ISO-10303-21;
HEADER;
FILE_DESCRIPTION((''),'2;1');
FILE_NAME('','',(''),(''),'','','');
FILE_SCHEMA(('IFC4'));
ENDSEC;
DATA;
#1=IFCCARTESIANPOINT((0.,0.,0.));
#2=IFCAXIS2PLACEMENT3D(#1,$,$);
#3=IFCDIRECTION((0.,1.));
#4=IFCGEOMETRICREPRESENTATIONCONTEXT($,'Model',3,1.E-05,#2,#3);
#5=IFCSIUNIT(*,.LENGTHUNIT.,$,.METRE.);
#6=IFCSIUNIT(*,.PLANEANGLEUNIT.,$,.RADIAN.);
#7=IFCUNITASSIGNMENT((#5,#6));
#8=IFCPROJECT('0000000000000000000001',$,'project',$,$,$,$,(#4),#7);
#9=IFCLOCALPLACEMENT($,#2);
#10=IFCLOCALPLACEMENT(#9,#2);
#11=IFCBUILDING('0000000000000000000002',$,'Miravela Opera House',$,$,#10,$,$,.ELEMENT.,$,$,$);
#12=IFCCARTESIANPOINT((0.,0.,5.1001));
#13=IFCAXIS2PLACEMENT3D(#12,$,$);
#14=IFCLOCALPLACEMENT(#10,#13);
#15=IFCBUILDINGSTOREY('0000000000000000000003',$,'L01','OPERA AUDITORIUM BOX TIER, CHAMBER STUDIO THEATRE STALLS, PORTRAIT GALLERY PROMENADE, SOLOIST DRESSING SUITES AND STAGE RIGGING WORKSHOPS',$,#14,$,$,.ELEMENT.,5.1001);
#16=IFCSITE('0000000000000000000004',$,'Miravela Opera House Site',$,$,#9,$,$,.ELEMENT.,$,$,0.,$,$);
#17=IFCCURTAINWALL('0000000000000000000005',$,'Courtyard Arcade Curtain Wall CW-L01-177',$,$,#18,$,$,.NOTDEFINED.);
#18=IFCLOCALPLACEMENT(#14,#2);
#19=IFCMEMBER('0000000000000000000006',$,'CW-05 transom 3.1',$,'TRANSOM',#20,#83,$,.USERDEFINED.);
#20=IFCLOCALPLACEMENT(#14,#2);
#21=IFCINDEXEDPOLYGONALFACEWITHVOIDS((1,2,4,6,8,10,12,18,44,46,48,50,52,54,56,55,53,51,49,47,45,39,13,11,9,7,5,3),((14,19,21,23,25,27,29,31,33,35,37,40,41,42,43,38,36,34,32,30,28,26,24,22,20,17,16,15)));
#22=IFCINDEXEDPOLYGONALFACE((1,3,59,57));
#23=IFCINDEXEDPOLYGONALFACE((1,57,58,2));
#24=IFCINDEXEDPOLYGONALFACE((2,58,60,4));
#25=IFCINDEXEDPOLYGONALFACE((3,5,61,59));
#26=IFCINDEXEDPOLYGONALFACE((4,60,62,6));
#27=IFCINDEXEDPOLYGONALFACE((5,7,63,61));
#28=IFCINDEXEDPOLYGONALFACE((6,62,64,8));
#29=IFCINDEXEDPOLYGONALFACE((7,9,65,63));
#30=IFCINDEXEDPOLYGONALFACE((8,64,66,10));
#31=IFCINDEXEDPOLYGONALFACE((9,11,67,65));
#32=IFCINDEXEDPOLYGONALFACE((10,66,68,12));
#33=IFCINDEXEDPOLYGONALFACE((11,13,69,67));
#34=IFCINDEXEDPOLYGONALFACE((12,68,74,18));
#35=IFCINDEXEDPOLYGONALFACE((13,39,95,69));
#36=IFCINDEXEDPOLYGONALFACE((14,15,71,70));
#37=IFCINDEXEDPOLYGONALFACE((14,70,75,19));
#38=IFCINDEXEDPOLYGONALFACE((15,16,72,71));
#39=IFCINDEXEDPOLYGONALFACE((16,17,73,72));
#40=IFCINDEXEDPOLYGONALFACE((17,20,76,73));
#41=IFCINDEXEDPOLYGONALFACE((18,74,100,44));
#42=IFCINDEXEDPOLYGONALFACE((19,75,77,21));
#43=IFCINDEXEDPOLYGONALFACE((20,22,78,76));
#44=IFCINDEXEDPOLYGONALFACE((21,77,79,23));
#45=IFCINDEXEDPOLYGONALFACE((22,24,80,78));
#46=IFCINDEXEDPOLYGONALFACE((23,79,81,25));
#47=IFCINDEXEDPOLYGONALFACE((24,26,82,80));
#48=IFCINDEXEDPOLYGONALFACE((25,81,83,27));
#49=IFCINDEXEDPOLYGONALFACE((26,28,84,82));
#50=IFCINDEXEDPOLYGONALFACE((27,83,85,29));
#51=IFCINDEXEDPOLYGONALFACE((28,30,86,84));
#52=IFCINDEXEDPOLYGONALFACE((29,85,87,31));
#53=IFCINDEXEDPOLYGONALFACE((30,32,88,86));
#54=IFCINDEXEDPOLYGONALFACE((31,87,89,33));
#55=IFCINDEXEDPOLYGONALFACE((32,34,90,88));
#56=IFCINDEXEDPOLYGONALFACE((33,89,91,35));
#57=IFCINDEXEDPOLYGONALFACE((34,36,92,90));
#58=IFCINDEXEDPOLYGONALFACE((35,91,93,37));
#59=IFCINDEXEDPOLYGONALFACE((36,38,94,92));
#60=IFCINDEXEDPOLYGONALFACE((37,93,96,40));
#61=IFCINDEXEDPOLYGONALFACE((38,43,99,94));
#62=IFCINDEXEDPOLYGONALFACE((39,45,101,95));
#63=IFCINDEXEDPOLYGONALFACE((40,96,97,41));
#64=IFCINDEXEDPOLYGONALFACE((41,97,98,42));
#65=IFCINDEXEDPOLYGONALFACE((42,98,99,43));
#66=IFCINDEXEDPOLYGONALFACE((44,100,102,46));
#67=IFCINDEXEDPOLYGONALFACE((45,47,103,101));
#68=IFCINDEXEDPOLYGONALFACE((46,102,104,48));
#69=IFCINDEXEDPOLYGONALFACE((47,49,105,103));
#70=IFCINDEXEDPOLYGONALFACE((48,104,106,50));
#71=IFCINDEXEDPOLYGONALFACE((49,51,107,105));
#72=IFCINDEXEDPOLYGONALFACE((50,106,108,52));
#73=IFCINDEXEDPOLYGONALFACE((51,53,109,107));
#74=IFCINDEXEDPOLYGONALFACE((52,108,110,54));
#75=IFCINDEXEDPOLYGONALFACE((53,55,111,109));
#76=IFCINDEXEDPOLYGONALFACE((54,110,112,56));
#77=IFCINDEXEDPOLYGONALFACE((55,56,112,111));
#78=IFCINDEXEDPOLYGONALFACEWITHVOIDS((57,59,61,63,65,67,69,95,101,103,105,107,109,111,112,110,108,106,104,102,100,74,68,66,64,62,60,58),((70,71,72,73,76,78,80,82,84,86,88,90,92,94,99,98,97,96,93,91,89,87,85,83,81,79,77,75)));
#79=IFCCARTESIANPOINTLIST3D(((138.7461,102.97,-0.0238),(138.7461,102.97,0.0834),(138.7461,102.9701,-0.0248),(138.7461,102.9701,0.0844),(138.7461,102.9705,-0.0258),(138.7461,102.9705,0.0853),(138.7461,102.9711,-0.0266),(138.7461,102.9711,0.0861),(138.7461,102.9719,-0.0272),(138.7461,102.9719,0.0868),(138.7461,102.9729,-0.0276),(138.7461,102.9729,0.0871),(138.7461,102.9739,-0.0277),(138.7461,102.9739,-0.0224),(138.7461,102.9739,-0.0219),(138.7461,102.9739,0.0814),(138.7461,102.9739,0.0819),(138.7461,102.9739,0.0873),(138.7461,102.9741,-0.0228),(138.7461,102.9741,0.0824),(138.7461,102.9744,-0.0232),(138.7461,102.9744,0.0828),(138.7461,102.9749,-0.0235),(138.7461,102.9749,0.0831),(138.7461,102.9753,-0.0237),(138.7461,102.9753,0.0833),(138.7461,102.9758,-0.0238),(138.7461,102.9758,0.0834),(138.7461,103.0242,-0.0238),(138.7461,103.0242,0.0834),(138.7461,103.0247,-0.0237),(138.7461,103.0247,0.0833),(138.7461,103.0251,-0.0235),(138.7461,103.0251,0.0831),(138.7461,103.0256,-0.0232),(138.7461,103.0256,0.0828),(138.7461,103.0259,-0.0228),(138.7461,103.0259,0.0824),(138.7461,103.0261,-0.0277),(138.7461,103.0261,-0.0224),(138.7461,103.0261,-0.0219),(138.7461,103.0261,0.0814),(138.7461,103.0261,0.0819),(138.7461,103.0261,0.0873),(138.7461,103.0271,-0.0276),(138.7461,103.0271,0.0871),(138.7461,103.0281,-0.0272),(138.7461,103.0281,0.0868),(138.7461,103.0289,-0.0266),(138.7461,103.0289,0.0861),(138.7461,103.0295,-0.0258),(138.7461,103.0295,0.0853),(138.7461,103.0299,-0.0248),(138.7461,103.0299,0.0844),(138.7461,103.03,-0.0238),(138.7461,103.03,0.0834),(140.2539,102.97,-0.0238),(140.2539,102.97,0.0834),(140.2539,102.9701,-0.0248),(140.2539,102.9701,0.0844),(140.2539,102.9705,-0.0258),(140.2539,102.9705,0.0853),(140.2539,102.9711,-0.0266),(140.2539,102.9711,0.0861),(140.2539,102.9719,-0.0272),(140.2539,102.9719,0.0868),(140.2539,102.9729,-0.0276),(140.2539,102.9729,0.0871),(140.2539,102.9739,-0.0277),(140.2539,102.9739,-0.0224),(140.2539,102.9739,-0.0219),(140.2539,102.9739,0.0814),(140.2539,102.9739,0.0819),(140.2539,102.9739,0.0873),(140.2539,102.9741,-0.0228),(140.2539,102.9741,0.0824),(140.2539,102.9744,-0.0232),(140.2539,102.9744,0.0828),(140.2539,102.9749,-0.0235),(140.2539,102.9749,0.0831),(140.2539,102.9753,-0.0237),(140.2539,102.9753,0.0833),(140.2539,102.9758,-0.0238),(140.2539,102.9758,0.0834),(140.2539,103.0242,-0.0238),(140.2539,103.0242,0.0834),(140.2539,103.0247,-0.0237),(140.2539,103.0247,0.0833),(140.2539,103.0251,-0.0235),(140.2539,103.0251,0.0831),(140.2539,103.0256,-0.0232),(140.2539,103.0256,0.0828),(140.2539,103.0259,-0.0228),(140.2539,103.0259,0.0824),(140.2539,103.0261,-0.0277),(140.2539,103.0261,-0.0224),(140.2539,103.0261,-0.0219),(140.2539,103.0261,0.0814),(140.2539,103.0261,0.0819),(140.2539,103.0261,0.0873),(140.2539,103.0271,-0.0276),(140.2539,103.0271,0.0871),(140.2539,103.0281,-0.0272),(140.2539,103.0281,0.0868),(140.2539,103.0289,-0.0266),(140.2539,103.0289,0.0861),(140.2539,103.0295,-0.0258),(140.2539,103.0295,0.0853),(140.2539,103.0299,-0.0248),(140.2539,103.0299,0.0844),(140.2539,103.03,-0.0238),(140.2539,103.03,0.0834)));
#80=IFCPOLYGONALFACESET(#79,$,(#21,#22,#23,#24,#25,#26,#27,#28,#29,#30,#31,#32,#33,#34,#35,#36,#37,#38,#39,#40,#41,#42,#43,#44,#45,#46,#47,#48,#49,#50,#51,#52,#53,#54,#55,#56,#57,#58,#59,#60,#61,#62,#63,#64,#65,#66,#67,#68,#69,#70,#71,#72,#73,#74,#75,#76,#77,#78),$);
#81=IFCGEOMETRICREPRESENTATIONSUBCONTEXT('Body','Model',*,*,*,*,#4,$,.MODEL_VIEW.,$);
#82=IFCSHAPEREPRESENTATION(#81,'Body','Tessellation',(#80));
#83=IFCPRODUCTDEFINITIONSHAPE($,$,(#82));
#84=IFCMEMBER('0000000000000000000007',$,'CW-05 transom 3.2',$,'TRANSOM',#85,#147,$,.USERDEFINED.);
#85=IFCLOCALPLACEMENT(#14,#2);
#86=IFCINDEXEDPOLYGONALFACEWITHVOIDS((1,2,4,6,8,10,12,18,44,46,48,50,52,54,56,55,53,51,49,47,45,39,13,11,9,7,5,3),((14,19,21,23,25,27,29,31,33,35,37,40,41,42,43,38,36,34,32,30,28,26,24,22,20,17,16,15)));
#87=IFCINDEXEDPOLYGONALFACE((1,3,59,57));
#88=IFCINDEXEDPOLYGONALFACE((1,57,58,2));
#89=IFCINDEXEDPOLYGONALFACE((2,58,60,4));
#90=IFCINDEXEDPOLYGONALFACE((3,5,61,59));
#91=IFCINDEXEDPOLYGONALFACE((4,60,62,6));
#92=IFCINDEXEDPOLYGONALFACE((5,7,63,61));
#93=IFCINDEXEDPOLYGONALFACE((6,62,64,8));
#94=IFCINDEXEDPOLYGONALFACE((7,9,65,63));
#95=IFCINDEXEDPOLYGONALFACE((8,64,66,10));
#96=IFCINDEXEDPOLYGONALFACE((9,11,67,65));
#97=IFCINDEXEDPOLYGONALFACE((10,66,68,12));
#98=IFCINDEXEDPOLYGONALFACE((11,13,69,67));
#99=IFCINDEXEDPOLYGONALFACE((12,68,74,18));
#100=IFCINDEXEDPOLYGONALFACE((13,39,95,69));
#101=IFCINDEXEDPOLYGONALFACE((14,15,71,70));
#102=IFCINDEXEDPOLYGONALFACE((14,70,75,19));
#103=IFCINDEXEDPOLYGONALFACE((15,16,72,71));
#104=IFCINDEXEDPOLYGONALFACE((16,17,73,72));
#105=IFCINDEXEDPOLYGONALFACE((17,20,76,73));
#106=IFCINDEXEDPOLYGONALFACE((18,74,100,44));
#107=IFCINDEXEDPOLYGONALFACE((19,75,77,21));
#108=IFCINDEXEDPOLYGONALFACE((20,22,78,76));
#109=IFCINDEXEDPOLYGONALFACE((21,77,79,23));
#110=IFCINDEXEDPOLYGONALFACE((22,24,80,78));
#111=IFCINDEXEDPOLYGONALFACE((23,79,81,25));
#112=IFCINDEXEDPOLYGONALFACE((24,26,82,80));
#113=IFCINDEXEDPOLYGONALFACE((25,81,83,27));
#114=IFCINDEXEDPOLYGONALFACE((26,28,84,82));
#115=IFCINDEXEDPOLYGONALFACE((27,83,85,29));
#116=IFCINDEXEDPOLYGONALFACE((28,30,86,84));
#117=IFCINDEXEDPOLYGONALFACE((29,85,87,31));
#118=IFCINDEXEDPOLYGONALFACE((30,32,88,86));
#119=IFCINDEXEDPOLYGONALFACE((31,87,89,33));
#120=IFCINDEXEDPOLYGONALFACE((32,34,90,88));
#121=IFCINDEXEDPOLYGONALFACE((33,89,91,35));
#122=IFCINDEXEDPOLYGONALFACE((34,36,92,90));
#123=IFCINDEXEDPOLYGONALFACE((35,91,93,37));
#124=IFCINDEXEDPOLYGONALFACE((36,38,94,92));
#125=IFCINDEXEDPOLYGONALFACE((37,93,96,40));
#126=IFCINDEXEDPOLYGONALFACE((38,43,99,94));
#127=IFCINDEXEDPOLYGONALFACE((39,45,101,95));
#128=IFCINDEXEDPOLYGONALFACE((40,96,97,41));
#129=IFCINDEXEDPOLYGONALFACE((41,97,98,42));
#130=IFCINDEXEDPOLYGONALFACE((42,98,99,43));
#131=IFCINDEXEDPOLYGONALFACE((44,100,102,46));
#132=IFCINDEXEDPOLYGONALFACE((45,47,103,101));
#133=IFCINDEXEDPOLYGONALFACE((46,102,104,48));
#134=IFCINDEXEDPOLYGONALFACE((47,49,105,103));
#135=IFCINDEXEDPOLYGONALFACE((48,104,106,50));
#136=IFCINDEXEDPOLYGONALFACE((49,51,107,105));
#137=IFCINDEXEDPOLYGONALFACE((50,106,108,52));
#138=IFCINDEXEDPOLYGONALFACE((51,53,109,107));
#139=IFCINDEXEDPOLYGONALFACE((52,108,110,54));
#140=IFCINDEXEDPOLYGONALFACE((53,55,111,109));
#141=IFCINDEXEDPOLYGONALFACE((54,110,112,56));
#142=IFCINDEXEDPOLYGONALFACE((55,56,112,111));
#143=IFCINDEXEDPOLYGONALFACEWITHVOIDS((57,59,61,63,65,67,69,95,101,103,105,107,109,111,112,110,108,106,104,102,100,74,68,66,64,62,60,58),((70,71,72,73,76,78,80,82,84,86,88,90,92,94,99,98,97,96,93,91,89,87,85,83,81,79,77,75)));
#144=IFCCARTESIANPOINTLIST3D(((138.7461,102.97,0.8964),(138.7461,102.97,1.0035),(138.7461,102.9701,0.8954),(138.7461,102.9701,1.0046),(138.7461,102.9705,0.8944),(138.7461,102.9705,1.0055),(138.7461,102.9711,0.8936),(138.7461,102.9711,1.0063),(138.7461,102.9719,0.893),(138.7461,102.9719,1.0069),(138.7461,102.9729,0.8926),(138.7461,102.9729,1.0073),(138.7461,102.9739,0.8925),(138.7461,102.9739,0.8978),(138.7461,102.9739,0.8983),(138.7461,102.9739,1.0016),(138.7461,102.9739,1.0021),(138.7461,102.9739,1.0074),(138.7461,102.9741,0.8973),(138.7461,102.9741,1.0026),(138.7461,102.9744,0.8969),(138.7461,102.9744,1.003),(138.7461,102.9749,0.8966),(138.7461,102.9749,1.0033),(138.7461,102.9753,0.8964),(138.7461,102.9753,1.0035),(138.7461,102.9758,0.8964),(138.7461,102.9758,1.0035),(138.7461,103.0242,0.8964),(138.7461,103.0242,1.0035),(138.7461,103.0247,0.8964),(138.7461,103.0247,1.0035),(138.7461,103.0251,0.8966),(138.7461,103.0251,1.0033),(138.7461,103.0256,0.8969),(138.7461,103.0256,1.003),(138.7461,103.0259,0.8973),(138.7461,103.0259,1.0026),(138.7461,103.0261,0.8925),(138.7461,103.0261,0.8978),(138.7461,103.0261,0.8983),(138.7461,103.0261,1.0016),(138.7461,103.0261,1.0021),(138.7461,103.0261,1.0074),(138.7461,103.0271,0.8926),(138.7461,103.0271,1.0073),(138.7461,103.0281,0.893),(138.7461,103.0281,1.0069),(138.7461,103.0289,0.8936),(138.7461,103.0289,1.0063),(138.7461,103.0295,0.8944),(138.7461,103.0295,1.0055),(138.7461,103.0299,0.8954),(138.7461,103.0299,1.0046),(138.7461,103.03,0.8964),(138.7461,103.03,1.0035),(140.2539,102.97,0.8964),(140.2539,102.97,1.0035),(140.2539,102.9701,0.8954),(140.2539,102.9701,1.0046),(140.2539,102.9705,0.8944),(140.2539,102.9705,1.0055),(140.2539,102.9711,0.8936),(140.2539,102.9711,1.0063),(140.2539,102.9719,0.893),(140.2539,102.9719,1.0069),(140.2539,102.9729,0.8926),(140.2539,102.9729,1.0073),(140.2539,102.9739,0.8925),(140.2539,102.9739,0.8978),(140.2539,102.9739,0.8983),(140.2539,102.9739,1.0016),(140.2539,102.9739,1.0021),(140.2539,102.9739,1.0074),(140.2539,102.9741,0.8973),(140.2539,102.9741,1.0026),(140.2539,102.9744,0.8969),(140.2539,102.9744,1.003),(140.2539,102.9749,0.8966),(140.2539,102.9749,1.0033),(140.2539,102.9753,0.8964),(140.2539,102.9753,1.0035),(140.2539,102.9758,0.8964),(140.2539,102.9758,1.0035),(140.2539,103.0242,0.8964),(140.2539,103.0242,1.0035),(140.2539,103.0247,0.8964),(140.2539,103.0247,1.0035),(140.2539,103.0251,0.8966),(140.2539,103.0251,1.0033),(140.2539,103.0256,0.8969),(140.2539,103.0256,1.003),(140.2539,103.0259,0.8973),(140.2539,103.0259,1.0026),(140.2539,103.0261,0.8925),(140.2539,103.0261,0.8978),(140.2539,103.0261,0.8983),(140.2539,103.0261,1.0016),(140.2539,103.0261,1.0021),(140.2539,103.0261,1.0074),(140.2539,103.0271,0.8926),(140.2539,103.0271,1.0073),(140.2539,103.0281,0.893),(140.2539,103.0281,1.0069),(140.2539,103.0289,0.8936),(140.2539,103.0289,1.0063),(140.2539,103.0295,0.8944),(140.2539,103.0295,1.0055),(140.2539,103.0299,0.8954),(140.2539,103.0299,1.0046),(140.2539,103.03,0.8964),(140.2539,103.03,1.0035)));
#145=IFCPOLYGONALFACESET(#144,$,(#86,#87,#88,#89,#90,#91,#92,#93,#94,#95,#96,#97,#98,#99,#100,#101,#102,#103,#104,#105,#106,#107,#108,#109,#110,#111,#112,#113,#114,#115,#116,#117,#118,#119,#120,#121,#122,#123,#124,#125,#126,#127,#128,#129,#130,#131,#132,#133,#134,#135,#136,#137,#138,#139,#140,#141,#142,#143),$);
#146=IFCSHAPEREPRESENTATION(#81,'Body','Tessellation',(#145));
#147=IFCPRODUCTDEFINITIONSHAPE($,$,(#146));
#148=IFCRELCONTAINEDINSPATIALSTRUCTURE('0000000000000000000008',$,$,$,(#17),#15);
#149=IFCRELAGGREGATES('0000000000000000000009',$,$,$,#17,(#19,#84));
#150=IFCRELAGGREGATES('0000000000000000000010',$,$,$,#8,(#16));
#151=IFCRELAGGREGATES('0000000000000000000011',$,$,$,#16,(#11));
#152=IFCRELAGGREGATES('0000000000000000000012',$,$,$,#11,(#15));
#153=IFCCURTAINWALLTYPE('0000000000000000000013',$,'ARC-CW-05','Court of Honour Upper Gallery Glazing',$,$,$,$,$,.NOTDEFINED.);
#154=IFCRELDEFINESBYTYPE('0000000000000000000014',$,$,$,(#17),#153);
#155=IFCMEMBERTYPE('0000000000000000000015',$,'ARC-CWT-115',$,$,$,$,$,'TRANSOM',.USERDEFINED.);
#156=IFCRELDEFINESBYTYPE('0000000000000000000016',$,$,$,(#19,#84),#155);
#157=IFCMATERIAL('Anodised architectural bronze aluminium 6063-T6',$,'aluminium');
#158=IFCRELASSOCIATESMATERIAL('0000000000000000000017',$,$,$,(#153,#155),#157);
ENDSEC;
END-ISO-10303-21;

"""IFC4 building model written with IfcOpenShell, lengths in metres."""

from ifc_helpers import new_model, si_unit, direction, frame, origin, origin_2d, place, context, subcontext, project, spatial, hollow_rectangle, extrude, material, material_profile, profile_set, type_object, element, aggregate, save


model = new_model("IFC4")

# Units and contexts
model_context = context("Model", 3, precision=1e-05, world=origin(), true_north=direction((0.0, 1.0)))
body_context = subcontext(model_context, "Body", "Model", "MODEL_VIEW")
ifc_project = project(units=[si_unit("LENGTHUNIT", "METRE"), si_unit("PLANEANGLEUNIT", "RADIAN")], contexts=[model_context])

# Site, building, storey
site_placement = place(None, origin())
site = spatial("IfcSite", under=ifc_project, at=site_placement, Name="Miravela Opera House Site", CompositionType="ELEMENT", RefElevation=0.0)
building_placement = place(site_placement, origin())
building = spatial("IfcBuilding", under=site, at=building_placement, Name="Miravela Opera House", CompositionType="ELEMENT")
storey_placement = place(building_placement, frame((0.0, 0.0, 5.1001)))
storey = spatial("IfcBuildingStorey", under=building, at=storey_placement, Name="L01", Description="OPERA AUDITORIUM BOX TIER, CHAMBER STUDIO THEATRE STALLS, PORTRAIT GALLERY PROMENADE, SOLOIST DRESSING SUITES AND STAGE RIGGING WORKSHOPS", CompositionType="ELEMENT", Elevation=5.1001)

# Curtain wall, members
ifc_material_1 = material(Name="Anodised architectural bronze aluminium 6063-T6", Category="aluminium")
curtain_wall_type = type_object("IfcCurtainWallType", Name="ARC-CW-05", Description="Court of Honour Upper Gallery Glazing", PredefinedType="NOTDEFINED", material=ifc_material_1)
curtain_wall_placement = place(storey_placement, origin())
curtain_wall = element("IfcCurtainWall", 1, at=curtain_wall_placement, inside=storey, type_object=curtain_wall_type, Name="Courtyard Arcade Curtain Wall CW-L01-177", PredefinedType="NOTDEFINED")
ifc_material_profile_1 = material_profile(ifc_material_1, hollow_rectangle(XDim=0.0601, YDim=0.115, WallThickness=0.0039, InnerFilletRadius=0.002, OuterFilletRadius=0.0039, at=origin_2d()), Name="CWT-60X115")
ifc_profile_set_1 = profile_set([ifc_material_profile_1])
member_type_1 = type_object("IfcMemberType", Name="ARC-CWT-115", ElementType="TRANSOM", PredefinedType="USERDEFINED", material=ifc_profile_set_1)
member_1_placement = place(storey_placement, frame((138.7461, 103.0, 0.0298), z_axis=(1.0, 0.0, 0.0), x_axis=(0.0, 1.0, 0.0)))
member_1 = element("IfcMember", 2, at=member_1_placement, type_object=member_type_1, Name="CW-05 transom 3.1", ObjectType="TRANSOM", PredefinedType="USERDEFINED", context=body_context, shape_type="SweptSolid", body=[
    extrude(hollow_rectangle(XDim=0.0601, YDim=0.115, WallThickness=0.0039, InnerFilletRadius=0.002, OuterFilletRadius=0.0039, at=origin_2d()), origin(), (0.0, 0.0, 1.0), 1.5078),
])
member_2_placement = place(storey_placement, frame((138.7461, 103.0, 0.95), z_axis=(1.0, 0.0, 0.0), x_axis=(0.0, 1.0, 0.0)))
member_2 = element("IfcMember", 3, at=member_2_placement, type_object=member_type_1, Name="CW-05 transom 3.2", ObjectType="TRANSOM", PredefinedType="USERDEFINED", context=body_context, shape_type="SweptSolid", body=[
    extrude(hollow_rectangle(XDim=0.0601, YDim=0.115, WallThickness=0.0039, InnerFilletRadius=0.002, OuterFilletRadius=0.0039, at=origin_2d()), origin(), (0.0, 0.0, 1.0), 1.5078),
])

aggregate(curtain_wall, [member_1, member_2])

save(model, "model.ifc")
